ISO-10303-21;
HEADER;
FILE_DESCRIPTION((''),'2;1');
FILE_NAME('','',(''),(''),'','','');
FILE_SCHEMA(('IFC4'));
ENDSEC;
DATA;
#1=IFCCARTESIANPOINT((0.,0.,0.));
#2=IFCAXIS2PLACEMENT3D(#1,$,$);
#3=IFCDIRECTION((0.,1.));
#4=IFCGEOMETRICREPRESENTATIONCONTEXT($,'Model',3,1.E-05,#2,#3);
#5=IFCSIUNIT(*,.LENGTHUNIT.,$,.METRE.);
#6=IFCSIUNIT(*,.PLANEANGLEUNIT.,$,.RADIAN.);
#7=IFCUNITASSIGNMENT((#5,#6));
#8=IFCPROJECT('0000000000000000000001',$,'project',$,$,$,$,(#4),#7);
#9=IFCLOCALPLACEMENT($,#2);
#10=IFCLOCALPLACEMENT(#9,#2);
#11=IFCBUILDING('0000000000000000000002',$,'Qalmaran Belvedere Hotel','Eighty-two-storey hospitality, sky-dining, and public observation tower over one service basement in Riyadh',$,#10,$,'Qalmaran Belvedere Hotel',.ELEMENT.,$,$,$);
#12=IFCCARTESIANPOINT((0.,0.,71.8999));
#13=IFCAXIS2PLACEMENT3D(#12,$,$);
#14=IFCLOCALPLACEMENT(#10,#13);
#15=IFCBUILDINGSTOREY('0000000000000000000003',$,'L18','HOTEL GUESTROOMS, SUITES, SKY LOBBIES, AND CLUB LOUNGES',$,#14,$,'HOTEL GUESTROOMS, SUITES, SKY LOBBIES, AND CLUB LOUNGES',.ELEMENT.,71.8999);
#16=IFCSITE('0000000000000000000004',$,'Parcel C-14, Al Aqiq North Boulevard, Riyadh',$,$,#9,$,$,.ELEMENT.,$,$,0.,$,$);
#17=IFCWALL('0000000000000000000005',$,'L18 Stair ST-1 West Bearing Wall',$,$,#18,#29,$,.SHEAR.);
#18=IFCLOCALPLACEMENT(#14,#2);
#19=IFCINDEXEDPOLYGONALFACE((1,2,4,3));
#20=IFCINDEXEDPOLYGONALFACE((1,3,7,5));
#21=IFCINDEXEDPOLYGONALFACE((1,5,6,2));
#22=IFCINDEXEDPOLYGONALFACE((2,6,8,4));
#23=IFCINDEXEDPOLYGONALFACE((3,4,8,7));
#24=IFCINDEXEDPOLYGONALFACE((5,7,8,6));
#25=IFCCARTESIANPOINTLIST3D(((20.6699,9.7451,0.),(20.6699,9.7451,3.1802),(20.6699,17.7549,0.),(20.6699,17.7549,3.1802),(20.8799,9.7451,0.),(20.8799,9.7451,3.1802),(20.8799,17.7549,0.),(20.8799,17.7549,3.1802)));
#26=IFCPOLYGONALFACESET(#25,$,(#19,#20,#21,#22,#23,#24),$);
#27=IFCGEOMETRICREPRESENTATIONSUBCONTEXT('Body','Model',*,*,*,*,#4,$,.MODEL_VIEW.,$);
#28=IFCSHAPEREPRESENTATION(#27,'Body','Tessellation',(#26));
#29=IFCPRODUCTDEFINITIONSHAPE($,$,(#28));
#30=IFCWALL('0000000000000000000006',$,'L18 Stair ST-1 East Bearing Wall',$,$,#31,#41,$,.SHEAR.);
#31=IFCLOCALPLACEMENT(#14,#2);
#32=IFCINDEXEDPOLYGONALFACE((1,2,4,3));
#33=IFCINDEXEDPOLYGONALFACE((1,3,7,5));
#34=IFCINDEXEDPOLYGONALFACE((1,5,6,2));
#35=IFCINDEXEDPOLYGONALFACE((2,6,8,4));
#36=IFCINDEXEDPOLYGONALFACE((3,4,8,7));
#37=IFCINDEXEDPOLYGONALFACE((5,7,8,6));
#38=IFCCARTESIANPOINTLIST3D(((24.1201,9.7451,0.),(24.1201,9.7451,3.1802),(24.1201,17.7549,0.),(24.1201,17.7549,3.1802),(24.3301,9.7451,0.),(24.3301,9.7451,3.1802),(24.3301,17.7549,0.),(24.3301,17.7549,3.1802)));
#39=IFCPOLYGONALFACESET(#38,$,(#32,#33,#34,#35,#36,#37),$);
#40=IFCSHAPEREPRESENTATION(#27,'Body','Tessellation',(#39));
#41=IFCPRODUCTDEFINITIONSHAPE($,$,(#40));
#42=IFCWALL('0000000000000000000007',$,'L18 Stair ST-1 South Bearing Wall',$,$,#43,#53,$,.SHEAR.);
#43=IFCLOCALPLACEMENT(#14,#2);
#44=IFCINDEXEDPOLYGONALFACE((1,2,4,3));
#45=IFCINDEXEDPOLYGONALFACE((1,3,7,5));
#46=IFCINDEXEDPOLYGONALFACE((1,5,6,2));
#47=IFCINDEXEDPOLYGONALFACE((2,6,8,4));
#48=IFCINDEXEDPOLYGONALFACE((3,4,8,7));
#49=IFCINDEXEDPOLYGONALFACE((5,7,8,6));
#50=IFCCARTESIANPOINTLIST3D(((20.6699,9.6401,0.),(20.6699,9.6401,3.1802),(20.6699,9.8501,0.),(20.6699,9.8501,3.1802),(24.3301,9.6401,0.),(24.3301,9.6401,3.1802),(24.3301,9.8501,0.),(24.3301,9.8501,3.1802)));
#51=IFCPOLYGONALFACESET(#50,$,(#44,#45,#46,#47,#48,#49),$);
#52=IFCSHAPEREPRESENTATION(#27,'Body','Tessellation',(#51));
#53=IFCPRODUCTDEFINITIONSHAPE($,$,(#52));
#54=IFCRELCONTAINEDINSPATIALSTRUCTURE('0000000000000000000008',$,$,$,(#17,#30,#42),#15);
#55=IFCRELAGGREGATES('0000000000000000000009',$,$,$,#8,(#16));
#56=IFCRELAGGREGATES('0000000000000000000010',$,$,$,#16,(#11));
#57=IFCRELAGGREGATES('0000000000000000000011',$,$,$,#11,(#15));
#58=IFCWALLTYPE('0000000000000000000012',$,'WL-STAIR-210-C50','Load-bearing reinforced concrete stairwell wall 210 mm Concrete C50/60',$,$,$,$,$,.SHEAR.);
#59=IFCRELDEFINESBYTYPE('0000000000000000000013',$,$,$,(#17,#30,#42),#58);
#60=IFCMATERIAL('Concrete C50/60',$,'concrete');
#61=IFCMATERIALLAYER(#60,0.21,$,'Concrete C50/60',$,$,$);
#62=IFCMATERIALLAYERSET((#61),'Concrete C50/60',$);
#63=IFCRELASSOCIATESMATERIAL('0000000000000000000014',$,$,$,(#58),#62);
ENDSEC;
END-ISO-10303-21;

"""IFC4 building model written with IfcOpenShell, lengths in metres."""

from ifc_helpers import new_model, si_unit, direction, frame, frame_2d, origin, place, context, subcontext, project, spatial, rectangle, extrude, material, layer, layer_set, type_object, element, save


model = new_model("IFC4")

# Units and contexts
model_context = context("Model", 3, precision=1e-05, world=origin(), true_north=direction((0.0, 1.0)))
body_context = subcontext(model_context, "Body", "Model", "MODEL_VIEW")
ifc_project = project(units=[si_unit("LENGTHUNIT", "METRE"), si_unit("PLANEANGLEUNIT", "RADIAN")], contexts=[model_context])

# Site, building, storey
site_placement = place(None, origin())
site = spatial("IfcSite", under=ifc_project, at=site_placement, Name="Parcel C-14, Al Aqiq North Boulevard, Riyadh", CompositionType="ELEMENT", RefElevation=0.0)
building_placement = place(site_placement, origin())
building = spatial("IfcBuilding", under=site, at=building_placement, Name="Qalmaran Belvedere Hotel", Description="Eighty-two-storey hospitality, sky-dining, and public observation tower over one service basement in Riyadh", LongName="Qalmaran Belvedere Hotel", CompositionType="ELEMENT")
storey_placement = place(building_placement, frame((0.0, 0.0, 71.8999)))
storey = spatial("IfcBuildingStorey", under=building, at=storey_placement, Name="L18", Description="HOTEL GUESTROOMS, SUITES, SKY LOBBIES, AND CLUB LOUNGES", LongName="HOTEL GUESTROOMS, SUITES, SKY LOBBIES, AND CLUB LOUNGES", CompositionType="ELEMENT", Elevation=71.8999)

# Shared definitions
ifc_material_1 = material(Name="Concrete C50/60", Category="concrete")

# Walls
ifc_layer_1 = layer(ifc_material_1, 0.21, Name="Concrete C50/60")
ifc_layer_set_1 = layer_set([ifc_layer_1], Name="Concrete C50/60")
wall_type_1 = type_object("IfcWallType", Name="WL-STAIR-210-C50", Description="Load-bearing reinforced concrete stairwell wall 210 mm Concrete C50/60", PredefinedType="SHEAR", material=ifc_layer_set_1)
for number, where, z_axis, x_axis, name in (
    (1, (20.7749, 9.7451, 0.0), (0.0, 0.0, 1.0), (0.0, 1.0, 0.0), "L18 Stair ST-1 West Bearing Wall"),
    (2, (24.2251, 9.7451, 0.0), (0.0, 0.0, 1.0), (0.0, 1.0, 0.0), "L18 Stair ST-1 East Bearing Wall"),
):
    element("IfcWall", number, at=place(storey_placement, frame(where, z_axis=z_axis, x_axis=x_axis)), inside=storey, type_object=wall_type_1, Name=name, PredefinedType="SHEAR", context=body_context, shape_type="SweptSolid", body=[
        extrude(rectangle(XDim=8.0098, YDim=0.21, at=frame_2d((4.0049, 0.0))), origin(), (0.0, 0.0, 1.0), 3.1802),
    ])
wall_1_placement = place(storey_placement, frame((20.6699, 9.7451, 0.0), z_axis=(0.0, 0.0, 1.0), x_axis=(1.0, 0.0, 0.0)))
element("IfcWall", 3, at=wall_1_placement, inside=storey, type_object=wall_type_1, Name="L18 Stair ST-1 South Bearing Wall", PredefinedType="SHEAR", context=body_context, shape_type="SweptSolid", body=[
    extrude(rectangle(XDim=3.6602, YDim=0.21, at=frame_2d((1.8301, 0.0))), origin(), (0.0, 0.0, 1.0), 3.1802),
])

save(model, "model.ifc")
